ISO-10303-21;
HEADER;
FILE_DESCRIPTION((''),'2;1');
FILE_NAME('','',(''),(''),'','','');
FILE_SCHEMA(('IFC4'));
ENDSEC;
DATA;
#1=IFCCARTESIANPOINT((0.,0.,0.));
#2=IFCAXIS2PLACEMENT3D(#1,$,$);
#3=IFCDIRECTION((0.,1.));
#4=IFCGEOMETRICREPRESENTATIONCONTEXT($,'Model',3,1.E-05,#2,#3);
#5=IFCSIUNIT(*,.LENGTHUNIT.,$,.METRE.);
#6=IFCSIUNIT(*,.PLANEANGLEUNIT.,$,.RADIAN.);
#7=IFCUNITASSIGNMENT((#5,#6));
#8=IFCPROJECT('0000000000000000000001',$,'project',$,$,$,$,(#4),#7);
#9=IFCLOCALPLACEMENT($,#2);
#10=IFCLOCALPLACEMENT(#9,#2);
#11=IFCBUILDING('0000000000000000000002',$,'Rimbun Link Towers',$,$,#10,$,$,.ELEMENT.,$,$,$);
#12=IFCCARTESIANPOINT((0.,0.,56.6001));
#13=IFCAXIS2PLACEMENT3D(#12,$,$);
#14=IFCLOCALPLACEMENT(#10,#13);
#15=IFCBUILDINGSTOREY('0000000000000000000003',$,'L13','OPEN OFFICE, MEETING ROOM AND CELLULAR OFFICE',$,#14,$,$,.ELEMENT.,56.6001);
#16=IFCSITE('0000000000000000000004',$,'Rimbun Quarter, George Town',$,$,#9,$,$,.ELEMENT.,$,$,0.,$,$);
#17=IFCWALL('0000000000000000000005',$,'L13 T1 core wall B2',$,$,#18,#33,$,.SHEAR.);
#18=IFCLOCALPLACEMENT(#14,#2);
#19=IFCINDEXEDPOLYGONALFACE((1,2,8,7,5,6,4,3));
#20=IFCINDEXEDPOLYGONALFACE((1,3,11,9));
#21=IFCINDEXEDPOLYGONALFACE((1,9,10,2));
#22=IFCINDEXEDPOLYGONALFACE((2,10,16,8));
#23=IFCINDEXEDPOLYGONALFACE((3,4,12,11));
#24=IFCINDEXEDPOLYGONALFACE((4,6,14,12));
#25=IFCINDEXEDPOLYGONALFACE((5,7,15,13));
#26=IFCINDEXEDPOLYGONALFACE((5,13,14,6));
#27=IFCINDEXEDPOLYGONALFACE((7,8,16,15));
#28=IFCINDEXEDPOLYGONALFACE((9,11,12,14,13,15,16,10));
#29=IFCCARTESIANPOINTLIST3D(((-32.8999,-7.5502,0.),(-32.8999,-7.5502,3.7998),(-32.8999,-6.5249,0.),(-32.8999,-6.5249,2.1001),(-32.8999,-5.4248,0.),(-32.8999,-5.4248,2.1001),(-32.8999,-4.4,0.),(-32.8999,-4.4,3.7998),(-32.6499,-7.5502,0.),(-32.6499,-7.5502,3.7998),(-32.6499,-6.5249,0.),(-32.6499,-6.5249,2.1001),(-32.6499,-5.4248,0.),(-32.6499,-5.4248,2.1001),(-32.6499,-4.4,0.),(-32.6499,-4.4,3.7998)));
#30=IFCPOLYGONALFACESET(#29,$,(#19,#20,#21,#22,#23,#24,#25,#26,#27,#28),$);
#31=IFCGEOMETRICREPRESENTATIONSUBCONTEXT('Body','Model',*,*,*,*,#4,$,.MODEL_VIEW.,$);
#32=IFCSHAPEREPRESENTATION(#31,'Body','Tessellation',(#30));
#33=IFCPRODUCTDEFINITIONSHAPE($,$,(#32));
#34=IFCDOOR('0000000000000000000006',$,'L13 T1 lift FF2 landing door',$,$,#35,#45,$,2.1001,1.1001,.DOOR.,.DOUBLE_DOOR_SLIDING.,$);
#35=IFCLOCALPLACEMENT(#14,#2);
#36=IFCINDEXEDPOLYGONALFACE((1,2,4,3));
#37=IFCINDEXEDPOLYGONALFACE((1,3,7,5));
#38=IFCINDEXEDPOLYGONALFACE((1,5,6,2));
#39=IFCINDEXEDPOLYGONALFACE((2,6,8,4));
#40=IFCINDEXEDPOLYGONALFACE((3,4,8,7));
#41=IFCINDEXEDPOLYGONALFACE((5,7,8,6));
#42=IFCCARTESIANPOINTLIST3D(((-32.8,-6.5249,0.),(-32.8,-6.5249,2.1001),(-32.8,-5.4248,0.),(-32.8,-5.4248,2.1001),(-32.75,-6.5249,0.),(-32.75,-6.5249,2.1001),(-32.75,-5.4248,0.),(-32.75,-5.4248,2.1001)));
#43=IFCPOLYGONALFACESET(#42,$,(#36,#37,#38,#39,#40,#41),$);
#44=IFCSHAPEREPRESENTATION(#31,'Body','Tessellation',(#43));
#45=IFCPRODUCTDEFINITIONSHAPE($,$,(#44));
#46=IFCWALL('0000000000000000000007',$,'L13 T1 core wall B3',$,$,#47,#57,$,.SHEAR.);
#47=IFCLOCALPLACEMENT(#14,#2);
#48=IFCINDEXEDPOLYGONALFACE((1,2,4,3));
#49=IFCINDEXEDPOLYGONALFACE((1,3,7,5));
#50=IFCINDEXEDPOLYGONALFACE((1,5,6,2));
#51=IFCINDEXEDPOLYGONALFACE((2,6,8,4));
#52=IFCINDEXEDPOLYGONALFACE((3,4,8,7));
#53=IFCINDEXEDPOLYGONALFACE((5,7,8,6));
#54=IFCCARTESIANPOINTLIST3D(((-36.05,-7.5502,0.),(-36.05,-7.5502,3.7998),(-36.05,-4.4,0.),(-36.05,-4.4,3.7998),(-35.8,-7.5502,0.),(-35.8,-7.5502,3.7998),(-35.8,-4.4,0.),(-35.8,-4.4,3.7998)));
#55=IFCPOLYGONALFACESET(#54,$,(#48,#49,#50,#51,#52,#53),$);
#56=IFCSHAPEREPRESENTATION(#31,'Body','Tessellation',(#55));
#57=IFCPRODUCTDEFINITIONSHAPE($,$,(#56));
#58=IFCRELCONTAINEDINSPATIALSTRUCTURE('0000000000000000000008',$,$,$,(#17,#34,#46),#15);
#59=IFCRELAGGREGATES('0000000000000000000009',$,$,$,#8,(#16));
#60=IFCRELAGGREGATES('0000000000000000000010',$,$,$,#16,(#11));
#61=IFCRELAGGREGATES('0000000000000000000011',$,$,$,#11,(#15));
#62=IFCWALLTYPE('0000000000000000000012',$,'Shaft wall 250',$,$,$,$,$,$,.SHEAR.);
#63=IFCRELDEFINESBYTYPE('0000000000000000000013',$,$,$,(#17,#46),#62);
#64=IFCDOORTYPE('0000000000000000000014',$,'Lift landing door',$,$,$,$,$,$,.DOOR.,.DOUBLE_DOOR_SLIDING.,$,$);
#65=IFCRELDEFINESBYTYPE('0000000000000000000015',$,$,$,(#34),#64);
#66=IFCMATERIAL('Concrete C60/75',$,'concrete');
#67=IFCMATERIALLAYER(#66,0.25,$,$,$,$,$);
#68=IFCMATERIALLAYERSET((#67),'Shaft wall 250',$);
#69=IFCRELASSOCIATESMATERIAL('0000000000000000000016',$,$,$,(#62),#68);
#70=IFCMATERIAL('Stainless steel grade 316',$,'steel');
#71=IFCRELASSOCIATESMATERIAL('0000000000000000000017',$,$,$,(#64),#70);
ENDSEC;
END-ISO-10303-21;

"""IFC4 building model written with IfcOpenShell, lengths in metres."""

from ifc_helpers import new_model, si_unit, direction, frame, frame_2d, origin, place, context, subcontext, project, spatial, rectangle, extrude, material, layer, layer_set, type_object, element, fill, save


model = new_model("IFC4")

# Units and contexts
model_context = context("Model", 3, precision=1e-05, world=origin(), true_north=direction((0.0, 1.0)))
body_context = subcontext(model_context, "Body", "Model", "MODEL_VIEW")
ifc_project = project(units=[si_unit("LENGTHUNIT", "METRE"), si_unit("PLANEANGLEUNIT", "RADIAN")], contexts=[model_context])

# Site, building, storey
site_placement = place(None, origin())
site = spatial("IfcSite", under=ifc_project, at=site_placement, Name="Rimbun Quarter, George Town", CompositionType="ELEMENT", RefElevation=0.0)
building_placement = place(site_placement, origin())
building = spatial("IfcBuilding", under=site, at=building_placement, Name="Rimbun Link Towers", CompositionType="ELEMENT")
storey_placement = place(building_placement, frame((0.0, 0.0, 56.6001)))
storey = spatial("IfcBuildingStorey", under=building, at=storey_placement, Name="L13", Description="OPEN OFFICE, MEETING ROOM AND CELLULAR OFFICE", CompositionType="ELEMENT", Elevation=56.6001)

# Shared definitions
ifc_material_1 = material(Name="Concrete C60/75", Category="concrete")
ifc_layer_1 = layer(ifc_material_1, 0.25)
ifc_layer_set_1 = layer_set([ifc_layer_1], Name="Shaft wall 250")
wall_type_1 = type_object("IfcWallType", Name="Shaft wall 250", PredefinedType="SHEAR", material=ifc_layer_set_1)

# Wall, opening, door
wall_1_placement = place(storey_placement, frame((-32.7749, -4.3999, 0.0), z_axis=(0.0, 0.0, 1.0), x_axis=(0.0, -1.0, 0.0)))
wall_1 = element("IfcWall", 1, at=wall_1_placement, inside=storey, type_object=wall_type_1, Name="L13 T1 core wall B2", PredefinedType="SHEAR", context=body_context, shape_type="SweptSolid", body=[
    extrude(rectangle(XDim=3.1501, YDim=0.25, at=frame_2d((1.5752, 0.0))), origin(), (0.0, 0.0, 1.0), 3.7998),
])
opening_1_placement = place(wall_1_placement, frame((1.0249, 0.0, 0.0)))
opening_1 = element("IfcOpeningElement", 2, at=opening_1_placement, cuts=wall_1, PredefinedType="OPENING", context=body_context, shape_type="SweptSolid", body=[
    extrude(rectangle(XDim=1.1001, YDim=2.1001, at=frame_2d((0.55, 1.05))), frame((0.0, 0.135, 0.0), z_axis=(0.0, -1.0, 0.0), x_axis=(1.0, 0.0, 0.0)), (0.0, 0.0, 1.0), 0.27),
])
ifc_material_2 = material(Name="Stainless steel grade 316", Category="steel")
door_type_1 = type_object("IfcDoorType", Name="Lift landing door", OperationType="DOUBLE_DOOR_SLIDING", PredefinedType="DOOR", material=ifc_material_2)
door_1_placement = place(opening_1_placement, origin())
door_1 = element("IfcDoor", 3, at=door_1_placement, inside=storey, type_object=door_type_1, Name="L13 T1 lift FF2 landing door", OperationType="DOUBLE_DOOR_SLIDING", OverallHeight=2.1001, OverallWidth=1.1001, PredefinedType="DOOR", context=body_context, shape_type="SweptSolid", body=[
    extrude(rectangle(XDim=1.1001, YDim=2.1001, at=frame_2d((0.55, 1.05))), frame((0.0, 0.0249, 0.0), z_axis=(0.0, -1.0, 0.0), x_axis=(1.0, 0.0, 0.0)), (0.0, 0.0, 1.0), 0.05),
])
fill(opening_1, door_1)

# Wall
wall_2_placement = place(storey_placement, frame((-35.925, -4.3999, 0.0), z_axis=(0.0, 0.0, 1.0), x_axis=(0.0, -1.0, 0.0)))
element("IfcWall", 4, at=wall_2_placement, inside=storey, type_object=wall_type_1, Name="L13 T1 core wall B3", PredefinedType="SHEAR", context=body_context, shape_type="SweptSolid", body=[
    extrude(rectangle(XDim=3.1501, YDim=0.25, at=frame_2d((1.5752, 0.0))), origin(), (0.0, 0.0, 1.0), 3.7998),
])

save(model, "model.ifc")
